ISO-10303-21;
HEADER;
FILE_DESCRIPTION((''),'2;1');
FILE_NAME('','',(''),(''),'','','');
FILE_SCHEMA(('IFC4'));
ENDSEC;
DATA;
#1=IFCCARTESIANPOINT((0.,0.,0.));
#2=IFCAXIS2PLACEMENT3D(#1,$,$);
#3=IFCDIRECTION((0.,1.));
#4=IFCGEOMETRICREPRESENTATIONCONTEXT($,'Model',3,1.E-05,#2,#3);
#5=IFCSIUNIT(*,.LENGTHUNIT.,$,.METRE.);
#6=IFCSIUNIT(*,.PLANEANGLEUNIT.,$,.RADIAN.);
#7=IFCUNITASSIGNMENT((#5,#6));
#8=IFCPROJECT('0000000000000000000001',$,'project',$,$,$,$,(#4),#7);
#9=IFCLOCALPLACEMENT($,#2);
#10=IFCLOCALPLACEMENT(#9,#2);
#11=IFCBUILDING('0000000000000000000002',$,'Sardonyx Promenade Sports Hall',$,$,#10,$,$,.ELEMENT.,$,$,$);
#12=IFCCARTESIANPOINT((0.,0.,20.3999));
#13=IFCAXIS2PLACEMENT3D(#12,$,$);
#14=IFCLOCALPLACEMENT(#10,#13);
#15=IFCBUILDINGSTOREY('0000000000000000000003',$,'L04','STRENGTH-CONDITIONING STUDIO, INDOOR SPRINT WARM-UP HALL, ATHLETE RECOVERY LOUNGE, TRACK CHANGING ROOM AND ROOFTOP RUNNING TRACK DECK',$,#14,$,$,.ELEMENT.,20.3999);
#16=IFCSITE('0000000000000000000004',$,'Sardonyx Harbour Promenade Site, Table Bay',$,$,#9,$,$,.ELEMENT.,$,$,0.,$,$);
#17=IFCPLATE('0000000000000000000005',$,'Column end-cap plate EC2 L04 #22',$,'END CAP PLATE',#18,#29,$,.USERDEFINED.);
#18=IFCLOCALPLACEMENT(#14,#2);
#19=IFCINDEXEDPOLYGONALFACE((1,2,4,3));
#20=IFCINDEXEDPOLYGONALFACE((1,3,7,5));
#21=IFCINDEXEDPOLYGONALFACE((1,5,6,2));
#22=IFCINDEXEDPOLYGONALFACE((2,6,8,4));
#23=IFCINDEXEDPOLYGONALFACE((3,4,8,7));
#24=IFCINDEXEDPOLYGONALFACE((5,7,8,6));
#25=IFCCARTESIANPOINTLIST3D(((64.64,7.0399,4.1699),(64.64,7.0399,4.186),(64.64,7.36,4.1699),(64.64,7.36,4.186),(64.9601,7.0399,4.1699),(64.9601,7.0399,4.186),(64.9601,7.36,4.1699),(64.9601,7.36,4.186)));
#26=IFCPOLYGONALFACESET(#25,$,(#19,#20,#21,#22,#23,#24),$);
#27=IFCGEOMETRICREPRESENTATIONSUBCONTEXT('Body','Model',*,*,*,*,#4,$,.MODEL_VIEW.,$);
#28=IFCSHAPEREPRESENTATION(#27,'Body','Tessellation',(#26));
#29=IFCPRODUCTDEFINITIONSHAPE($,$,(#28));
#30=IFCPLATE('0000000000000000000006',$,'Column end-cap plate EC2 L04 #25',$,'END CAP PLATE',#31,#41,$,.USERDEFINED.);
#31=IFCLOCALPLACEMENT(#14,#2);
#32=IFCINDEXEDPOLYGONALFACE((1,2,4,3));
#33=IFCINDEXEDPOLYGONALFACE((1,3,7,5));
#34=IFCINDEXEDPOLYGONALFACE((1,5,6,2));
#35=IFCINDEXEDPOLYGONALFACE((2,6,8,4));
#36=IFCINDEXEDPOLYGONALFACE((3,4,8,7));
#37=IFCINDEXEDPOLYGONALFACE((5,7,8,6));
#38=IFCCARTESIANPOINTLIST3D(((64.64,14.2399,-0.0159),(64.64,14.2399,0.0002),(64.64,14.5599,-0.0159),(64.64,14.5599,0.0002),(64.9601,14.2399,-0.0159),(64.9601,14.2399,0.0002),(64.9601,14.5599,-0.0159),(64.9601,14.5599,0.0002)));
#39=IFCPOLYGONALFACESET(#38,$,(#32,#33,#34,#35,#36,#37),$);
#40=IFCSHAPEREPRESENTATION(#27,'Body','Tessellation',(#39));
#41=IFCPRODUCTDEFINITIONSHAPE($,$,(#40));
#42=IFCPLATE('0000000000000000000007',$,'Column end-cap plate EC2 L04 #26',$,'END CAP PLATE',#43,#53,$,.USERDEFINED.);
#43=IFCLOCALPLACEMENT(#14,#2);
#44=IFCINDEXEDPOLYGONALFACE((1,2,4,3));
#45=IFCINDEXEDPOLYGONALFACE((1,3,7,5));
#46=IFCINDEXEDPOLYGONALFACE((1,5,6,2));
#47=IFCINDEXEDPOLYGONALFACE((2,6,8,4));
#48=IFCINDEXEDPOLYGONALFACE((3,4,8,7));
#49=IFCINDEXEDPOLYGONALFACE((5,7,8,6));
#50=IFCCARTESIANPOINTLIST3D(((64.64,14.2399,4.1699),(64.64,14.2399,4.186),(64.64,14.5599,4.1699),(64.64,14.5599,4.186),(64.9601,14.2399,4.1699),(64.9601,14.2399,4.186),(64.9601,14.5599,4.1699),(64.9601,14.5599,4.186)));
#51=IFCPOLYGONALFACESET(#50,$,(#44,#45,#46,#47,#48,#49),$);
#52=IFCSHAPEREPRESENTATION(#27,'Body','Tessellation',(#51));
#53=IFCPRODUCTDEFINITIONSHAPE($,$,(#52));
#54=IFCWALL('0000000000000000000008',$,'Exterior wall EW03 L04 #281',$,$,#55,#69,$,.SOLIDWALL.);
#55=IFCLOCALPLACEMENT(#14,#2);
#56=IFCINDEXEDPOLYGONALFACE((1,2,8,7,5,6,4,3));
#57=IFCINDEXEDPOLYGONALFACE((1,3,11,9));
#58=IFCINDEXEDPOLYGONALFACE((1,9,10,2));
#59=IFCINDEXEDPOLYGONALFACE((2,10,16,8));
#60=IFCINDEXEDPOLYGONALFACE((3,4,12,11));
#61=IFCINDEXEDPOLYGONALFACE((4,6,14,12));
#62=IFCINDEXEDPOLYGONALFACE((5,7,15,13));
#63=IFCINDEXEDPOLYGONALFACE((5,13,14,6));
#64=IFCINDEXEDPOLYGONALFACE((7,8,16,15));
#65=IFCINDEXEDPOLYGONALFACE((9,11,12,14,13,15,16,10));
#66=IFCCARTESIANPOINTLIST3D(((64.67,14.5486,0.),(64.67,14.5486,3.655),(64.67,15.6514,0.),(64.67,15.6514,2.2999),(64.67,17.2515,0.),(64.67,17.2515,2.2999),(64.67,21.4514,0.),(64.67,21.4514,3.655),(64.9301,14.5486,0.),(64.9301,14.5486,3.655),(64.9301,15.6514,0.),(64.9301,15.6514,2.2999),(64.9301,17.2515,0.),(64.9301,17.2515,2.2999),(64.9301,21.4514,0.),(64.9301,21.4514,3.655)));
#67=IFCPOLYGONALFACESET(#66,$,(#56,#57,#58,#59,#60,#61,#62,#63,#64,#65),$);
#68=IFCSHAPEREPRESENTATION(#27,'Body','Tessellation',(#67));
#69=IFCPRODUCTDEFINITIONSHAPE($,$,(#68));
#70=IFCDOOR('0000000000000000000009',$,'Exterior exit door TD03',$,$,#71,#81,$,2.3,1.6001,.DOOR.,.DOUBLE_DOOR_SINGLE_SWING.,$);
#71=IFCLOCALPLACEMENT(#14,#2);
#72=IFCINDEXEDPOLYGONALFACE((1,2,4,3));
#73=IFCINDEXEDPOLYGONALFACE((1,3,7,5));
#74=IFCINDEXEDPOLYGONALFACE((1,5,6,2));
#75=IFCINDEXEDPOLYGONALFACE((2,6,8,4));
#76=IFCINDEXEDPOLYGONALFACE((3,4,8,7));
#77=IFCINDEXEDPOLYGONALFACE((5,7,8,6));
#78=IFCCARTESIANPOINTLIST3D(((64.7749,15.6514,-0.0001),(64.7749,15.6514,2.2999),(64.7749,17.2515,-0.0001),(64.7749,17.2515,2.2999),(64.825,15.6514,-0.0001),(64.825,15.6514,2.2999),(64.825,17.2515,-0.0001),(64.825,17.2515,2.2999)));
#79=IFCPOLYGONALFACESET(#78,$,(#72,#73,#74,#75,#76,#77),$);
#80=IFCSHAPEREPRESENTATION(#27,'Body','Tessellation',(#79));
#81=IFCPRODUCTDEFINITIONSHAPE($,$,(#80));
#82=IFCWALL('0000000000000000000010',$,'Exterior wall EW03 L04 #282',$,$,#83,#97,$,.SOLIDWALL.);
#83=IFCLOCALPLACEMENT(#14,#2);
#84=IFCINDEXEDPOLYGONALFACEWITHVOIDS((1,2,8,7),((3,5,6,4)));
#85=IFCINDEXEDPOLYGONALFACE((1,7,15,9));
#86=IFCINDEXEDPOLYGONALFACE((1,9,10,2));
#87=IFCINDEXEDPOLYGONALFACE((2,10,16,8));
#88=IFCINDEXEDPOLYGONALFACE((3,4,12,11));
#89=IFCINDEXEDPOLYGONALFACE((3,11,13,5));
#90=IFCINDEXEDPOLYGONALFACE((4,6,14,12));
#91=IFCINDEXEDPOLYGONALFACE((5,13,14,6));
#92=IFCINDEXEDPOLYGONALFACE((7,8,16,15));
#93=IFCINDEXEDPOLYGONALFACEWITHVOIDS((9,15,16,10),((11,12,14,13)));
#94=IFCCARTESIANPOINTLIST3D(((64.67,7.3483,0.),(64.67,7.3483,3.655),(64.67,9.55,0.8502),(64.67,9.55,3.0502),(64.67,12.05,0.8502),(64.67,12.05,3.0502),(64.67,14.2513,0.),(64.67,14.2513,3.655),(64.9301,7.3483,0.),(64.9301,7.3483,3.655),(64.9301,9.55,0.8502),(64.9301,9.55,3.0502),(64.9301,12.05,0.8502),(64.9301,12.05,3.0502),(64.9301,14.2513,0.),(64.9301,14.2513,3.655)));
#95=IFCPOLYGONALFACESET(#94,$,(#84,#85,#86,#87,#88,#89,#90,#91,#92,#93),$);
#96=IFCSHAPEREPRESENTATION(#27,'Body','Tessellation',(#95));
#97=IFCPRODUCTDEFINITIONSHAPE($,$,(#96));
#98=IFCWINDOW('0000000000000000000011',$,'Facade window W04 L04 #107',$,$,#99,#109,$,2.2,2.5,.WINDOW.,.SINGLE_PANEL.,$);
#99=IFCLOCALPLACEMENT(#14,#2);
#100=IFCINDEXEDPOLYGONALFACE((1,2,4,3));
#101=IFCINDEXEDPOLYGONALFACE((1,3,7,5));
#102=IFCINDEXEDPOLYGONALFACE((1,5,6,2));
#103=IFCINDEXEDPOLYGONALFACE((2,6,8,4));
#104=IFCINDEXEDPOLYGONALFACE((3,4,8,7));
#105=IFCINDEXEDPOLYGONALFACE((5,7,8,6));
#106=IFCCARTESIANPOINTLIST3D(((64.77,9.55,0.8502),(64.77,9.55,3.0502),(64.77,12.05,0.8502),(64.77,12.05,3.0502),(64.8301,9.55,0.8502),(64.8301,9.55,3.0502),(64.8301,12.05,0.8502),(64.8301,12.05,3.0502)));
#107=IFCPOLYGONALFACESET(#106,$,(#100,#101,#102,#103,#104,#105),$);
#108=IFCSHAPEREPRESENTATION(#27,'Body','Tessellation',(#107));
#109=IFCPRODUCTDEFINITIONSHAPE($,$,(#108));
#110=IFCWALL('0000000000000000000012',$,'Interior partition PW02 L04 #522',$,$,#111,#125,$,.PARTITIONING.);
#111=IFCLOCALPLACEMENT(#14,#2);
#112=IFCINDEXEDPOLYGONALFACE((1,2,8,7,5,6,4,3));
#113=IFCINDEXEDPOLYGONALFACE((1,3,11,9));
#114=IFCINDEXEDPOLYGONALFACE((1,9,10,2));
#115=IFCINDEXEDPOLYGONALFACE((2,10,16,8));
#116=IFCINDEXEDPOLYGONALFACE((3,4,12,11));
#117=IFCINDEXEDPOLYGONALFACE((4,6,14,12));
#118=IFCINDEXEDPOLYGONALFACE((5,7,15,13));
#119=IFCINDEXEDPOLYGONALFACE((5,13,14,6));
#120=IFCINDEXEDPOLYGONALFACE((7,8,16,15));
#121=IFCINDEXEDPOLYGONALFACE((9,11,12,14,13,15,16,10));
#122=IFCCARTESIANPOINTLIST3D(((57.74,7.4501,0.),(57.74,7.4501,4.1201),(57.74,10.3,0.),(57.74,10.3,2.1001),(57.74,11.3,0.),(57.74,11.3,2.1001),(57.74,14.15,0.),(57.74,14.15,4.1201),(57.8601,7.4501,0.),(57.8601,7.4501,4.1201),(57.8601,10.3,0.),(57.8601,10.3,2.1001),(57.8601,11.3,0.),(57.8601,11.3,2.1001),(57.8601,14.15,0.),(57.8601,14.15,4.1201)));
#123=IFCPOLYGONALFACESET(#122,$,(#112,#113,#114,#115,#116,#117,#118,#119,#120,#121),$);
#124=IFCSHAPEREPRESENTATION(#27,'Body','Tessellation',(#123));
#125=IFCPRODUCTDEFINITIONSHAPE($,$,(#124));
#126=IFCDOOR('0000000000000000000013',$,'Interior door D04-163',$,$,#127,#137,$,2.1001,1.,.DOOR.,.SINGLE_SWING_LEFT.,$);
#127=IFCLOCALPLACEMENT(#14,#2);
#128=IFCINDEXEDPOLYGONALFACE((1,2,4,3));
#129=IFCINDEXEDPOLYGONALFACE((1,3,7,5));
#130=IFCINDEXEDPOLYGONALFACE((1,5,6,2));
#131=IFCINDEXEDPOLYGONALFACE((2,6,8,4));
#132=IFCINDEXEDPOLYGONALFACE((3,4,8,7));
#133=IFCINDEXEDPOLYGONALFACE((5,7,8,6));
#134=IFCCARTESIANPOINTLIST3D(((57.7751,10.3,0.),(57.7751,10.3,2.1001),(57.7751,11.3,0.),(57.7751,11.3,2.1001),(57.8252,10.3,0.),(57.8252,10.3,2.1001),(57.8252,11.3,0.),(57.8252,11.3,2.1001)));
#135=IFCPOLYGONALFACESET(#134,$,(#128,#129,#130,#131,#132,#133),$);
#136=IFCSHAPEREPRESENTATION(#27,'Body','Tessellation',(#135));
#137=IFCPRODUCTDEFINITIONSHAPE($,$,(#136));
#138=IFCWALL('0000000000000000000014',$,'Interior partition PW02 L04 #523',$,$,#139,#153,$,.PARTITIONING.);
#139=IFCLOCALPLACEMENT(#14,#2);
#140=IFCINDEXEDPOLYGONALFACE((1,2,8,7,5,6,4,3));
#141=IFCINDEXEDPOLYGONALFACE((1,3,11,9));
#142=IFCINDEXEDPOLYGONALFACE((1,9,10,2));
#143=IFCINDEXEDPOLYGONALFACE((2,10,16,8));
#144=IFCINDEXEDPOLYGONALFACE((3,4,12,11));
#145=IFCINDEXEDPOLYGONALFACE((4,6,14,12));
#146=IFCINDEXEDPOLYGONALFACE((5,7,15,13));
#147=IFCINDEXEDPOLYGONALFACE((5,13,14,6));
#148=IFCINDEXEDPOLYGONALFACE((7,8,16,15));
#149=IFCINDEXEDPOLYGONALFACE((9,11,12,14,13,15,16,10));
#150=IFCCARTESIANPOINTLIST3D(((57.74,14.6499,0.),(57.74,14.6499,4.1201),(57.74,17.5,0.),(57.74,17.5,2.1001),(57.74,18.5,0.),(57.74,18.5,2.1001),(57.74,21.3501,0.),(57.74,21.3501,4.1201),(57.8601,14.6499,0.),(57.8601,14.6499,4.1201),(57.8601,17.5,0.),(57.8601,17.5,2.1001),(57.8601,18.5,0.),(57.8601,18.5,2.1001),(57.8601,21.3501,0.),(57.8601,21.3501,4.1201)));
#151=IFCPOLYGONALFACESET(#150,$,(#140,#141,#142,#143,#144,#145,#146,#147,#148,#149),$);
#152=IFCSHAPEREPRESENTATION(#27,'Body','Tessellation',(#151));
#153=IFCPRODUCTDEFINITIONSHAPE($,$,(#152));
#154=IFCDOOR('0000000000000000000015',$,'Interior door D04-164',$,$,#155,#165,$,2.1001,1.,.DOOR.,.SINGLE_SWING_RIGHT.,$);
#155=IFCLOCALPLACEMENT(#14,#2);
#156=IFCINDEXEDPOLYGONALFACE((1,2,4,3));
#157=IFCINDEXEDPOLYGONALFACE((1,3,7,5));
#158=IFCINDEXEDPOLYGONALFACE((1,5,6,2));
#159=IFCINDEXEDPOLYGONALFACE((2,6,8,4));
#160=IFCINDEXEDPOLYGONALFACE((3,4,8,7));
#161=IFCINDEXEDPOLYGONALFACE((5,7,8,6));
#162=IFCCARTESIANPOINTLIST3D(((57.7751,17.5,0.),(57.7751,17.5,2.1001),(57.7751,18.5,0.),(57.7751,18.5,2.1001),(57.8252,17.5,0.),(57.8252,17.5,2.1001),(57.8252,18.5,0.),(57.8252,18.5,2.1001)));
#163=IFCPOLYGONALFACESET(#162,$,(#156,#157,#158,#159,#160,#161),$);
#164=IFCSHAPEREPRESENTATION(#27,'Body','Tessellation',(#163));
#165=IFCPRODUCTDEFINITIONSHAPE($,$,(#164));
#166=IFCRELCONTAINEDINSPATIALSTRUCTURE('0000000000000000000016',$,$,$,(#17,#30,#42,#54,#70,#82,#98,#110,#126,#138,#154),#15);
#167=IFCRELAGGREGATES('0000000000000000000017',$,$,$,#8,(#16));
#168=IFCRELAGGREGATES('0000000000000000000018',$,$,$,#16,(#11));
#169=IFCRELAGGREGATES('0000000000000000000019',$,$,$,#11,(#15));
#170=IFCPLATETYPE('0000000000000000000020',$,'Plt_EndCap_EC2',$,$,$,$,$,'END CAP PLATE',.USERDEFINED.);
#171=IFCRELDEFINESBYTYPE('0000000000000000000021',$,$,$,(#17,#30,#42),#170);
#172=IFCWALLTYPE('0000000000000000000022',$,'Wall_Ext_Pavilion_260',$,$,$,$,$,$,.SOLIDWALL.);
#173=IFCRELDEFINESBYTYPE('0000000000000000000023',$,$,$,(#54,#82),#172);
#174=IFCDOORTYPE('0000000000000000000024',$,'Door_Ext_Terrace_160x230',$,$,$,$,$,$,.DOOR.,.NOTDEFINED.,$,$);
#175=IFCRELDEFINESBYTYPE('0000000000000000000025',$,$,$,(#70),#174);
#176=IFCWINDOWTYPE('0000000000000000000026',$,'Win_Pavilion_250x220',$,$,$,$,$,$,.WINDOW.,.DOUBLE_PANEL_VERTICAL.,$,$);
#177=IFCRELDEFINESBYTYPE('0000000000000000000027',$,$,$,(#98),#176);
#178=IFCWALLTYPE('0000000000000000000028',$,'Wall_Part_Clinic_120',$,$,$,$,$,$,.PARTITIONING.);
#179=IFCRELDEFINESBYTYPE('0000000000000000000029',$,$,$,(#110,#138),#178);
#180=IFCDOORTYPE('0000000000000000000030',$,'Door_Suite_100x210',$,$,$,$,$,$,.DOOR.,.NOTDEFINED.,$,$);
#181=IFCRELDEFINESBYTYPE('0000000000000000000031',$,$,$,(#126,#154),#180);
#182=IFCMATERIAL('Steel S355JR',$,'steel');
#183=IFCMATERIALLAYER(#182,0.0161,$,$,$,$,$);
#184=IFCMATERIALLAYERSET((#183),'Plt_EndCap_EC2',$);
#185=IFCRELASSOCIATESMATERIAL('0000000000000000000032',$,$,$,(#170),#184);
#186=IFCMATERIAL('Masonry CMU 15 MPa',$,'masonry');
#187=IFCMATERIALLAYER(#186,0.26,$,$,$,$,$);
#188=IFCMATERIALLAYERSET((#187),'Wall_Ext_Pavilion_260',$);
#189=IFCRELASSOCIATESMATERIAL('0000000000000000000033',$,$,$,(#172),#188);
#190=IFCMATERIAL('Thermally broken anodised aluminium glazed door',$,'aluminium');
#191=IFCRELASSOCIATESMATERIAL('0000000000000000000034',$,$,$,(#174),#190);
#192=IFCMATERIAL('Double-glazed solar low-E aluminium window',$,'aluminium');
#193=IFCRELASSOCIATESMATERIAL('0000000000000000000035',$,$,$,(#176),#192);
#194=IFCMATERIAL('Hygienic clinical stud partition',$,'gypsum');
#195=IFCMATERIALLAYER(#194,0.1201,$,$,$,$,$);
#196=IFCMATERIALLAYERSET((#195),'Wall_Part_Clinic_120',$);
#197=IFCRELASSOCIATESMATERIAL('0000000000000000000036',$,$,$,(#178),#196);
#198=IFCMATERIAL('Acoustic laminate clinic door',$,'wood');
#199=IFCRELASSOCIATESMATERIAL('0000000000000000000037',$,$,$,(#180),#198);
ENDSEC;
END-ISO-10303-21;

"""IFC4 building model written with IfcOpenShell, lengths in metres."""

from ifc_helpers import new_model, si_unit, direction, frame, frame_2d, origin, origin_2d, place, context, subcontext, project, spatial, rectangle, extrude, material, layer, layer_set, type_object, element, fill, save


model = new_model("IFC4")

# Units and contexts
model_context = context("Model", 3, precision=1e-05, world=origin(), true_north=direction((0.0, 1.0)))
body_context = subcontext(model_context, "Body", "Model", "MODEL_VIEW")
ifc_project = project(units=[si_unit("LENGTHUNIT", "METRE"), si_unit("PLANEANGLEUNIT", "RADIAN")], contexts=[model_context])

# Site, building, storey
site_placement = place(None, origin())
site = spatial("IfcSite", under=ifc_project, at=site_placement, Name="Sardonyx Harbour Promenade Site, Table Bay", CompositionType="ELEMENT", RefElevation=0.0)
building_placement = place(site_placement, origin())
building = spatial("IfcBuilding", under=site, at=building_placement, Name="Sardonyx Promenade Sports Hall", CompositionType="ELEMENT")
storey_placement = place(building_placement, frame((0.0, 0.0, 20.3999)))
storey = spatial("IfcBuildingStorey", under=building, at=storey_placement, Name="L04", Description="STRENGTH-CONDITIONING STUDIO, INDOOR SPRINT WARM-UP HALL, ATHLETE RECOVERY LOUNGE, TRACK CHANGING ROOM AND ROOFTOP RUNNING TRACK DECK", CompositionType="ELEMENT", Elevation=20.3999)

# Plates
ifc_material_1 = material(Name="Steel S355JR", Category="steel")
ifc_layer_1 = layer(ifc_material_1, 0.0161)
ifc_layer_set_1 = layer_set([ifc_layer_1], Name="Plt_EndCap_EC2")
plate_type = type_object("IfcPlateType", Name="Plt_EndCap_EC2", ElementType="END CAP PLATE", PredefinedType="USERDEFINED", material=ifc_layer_set_1)
for number, where, z_axis, x_axis, name in (
    (1, (64.8, 7.2, 4.1699), (0.0, 0.0, 1.0), (1.0, 0.0, 0.0), "Column end-cap plate EC2 L04 #22"),
    (2, (64.8, 14.3999, -0.0159), (0.0, 0.0, 1.0), (1.0, 0.0, 0.0), "Column end-cap plate EC2 L04 #25"),
    (3, (64.8, 14.3999, 4.1699), (0.0, 0.0, 1.0), (1.0, 0.0, 0.0), "Column end-cap plate EC2 L04 #26"),
):
    element("IfcPlate", number, at=place(storey_placement, frame(where, z_axis=z_axis, x_axis=x_axis)), inside=storey, type_object=plate_type, Name=name, ObjectType="END CAP PLATE", PredefinedType="USERDEFINED", context=body_context, shape_type="SweptSolid", body=[
        extrude(rectangle(XDim=0.3201, YDim=0.3201, at=origin_2d()), origin(), (0.0, 0.0, 1.0), 0.0161),
    ])

# Wall, opening, door
ifc_material_2 = material(Name="Masonry CMU 15 MPa", Category="masonry")
ifc_layer_2 = layer(ifc_material_2, 0.26)
ifc_layer_set_2 = layer_set([ifc_layer_2], Name="Wall_Ext_Pavilion_260")
wall_type_1 = type_object("IfcWallType", Name="Wall_Ext_Pavilion_260", PredefinedType="SOLIDWALL", material=ifc_layer_set_2)
wall_1_placement = place(storey_placement, frame((64.8, 21.4514, 0.0), z_axis=(0.0, 0.0, 1.0), x_axis=(0.0, -1.0, 0.0)))
wall_1 = element("IfcWall", 4, at=wall_1_placement, inside=storey, type_object=wall_type_1, Name="Exterior wall EW03 L04 #281", PredefinedType="SOLIDWALL", context=body_context, shape_type="SweptSolid", body=[
    extrude(rectangle(XDim=6.9028, YDim=0.26, at=frame_2d((3.4514, 0.0))), origin(), (0.0, 0.0, 1.0), 3.655),
])
opening_1_placement = place(wall_1_placement, frame((4.2, 0.0, 0.0)))
opening_1 = element("IfcOpeningElement", 5, at=opening_1_placement, cuts=wall_1, PredefinedType="OPENING", context=body_context, shape_type="SweptSolid", body=[
    extrude(rectangle(XDim=1.6001, YDim=2.3, at=frame_2d((0.8, 1.1499))), frame((0.0, 0.14, 0.0), z_axis=(0.0, -1.0, 0.0), x_axis=(1.0, 0.0, 0.0)), (0.0, 0.0, 1.0), 0.28),
])
ifc_material_3 = material(Name="Thermally broken anodised aluminium glazed door", Category="aluminium")
door_type_1 = type_object("IfcDoorType", Name="Door_Ext_Terrace_160x230", OperationType="NOTDEFINED", PredefinedType="DOOR", material=ifc_material_3)
door_1_placement = place(opening_1_placement, origin())
door_1 = element("IfcDoor", 6, at=door_1_placement, inside=storey, type_object=door_type_1, Name="Exterior exit door TD03", OperationType="DOUBLE_DOOR_SINGLE_SWING", OverallHeight=2.3, OverallWidth=1.6001, PredefinedType="DOOR", context=body_context, shape_type="SweptSolid", body=[
    extrude(rectangle(XDim=1.6001, YDim=2.3, at=frame_2d((0.8, 1.1499))), frame((0.0, 0.0249, 0.0), z_axis=(0.0, -1.0, 0.0), x_axis=(1.0, 0.0, 0.0)), (0.0, 0.0, 1.0), 0.05),
])
fill(opening_1, door_1)

# Wall, opening, window
wall_2_placement = place(storey_placement, frame((64.8, 14.2515, 0.0), z_axis=(0.0, 0.0, 1.0), x_axis=(0.0, -1.0, 0.0)))
wall_2 = element("IfcWall", 7, at=wall_2_placement, inside=storey, type_object=wall_type_1, Name="Exterior wall EW03 L04 #282", PredefinedType="SOLIDWALL", context=body_context, shape_type="SweptSolid", body=[
    extrude(rectangle(XDim=6.9031, YDim=0.26, at=frame_2d((3.4517, 0.0))), origin(), (0.0, 0.0, 1.0), 3.655),
])
opening_2_placement = place(wall_2_placement, frame((2.2014, 0.0, 0.8501)))
opening_2 = element("IfcOpeningElement", 8, at=opening_2_placement, cuts=wall_2, PredefinedType="OPENING", context=body_context, shape_type="SweptSolid", body=[
    extrude(rectangle(XDim=2.5, YDim=2.2, at=frame_2d((1.25, 1.1001))), frame((0.0, 0.14, 0.0), z_axis=(0.0, -1.0, 0.0), x_axis=(1.0, 0.0, 0.0)), (0.0, 0.0, 1.0), 0.28),
])
ifc_material_4 = material(Name="Double-glazed solar low-E aluminium window", Category="aluminium")
window_type = type_object("IfcWindowType", Name="Win_Pavilion_250x220", PartitioningType="DOUBLE_PANEL_VERTICAL", PredefinedType="WINDOW", material=ifc_material_4)
window_placement = place(opening_2_placement, origin())
window = element("IfcWindow", 9, at=window_placement, inside=storey, type_object=window_type, Name="Facade window W04 L04 #107", OverallHeight=2.2, OverallWidth=2.5, PartitioningType="SINGLE_PANEL", PredefinedType="WINDOW", context=body_context, shape_type="SweptSolid", body=[
    extrude(rectangle(XDim=2.5, YDim=2.2, at=frame_2d((1.25, 1.1001))), frame((0.0, 0.03, 0.0), z_axis=(0.0, -1.0, 0.0), x_axis=(1.0, 0.0, 0.0)), (0.0, 0.0, 1.0), 0.0601),
])
fill(opening_2, window)

# Walls, openings, doors
ifc_material_5 = material(Name="Hygienic clinical stud partition", Category="gypsum")
ifc_layer_3 = layer(ifc_material_5, 0.1201)
ifc_layer_set_3 = layer_set([ifc_layer_3], Name="Wall_Part_Clinic_120")
wall_type_2 = type_object("IfcWallType", Name="Wall_Part_Clinic_120", PredefinedType="PARTITIONING", material=ifc_layer_set_3)
wall_3_placement = place(storey_placement, frame((57.8, 7.45, 0.0), z_axis=(0.0, 0.0, 1.0), x_axis=(0.0, 1.0, 0.0)))
wall_3 = element("IfcWall", 10, at=wall_3_placement, inside=storey, type_object=wall_type_2, Name="Interior partition PW02 L04 #522", PredefinedType="PARTITIONING", context=body_context, shape_type="SweptSolid", body=[
    extrude(rectangle(XDim=6.7, YDim=0.1201, at=frame_2d((3.3501, 0.0))), origin(), (0.0, 0.0, 1.0), 4.1201),
])
opening_3_placement = place(wall_3_placement, frame((2.8501, 0.0, 0.0)))
opening_3 = element("IfcOpeningElement", 11, at=opening_3_placement, cuts=wall_3, PredefinedType="OPENING", context=body_context, shape_type="SweptSolid", body=[
    extrude(rectangle(XDim=1.0, YDim=2.1001, at=frame_2d((0.5, 1.05))), frame((0.0, 0.07, 0.0), z_axis=(0.0, -1.0, 0.0), x_axis=(1.0, 0.0, 0.0)), (0.0, 0.0, 1.0), 0.14),
])
ifc_material_6 = material(Name="Acoustic laminate clinic door", Category="wood")
door_type_2 = type_object("IfcDoorType", Name="Door_Suite_100x210", OperationType="NOTDEFINED", PredefinedType="DOOR", material=ifc_material_6)
door_2_placement = place(opening_3_placement, origin())
door_2 = element("IfcDoor", 12, at=door_2_placement, inside=storey, type_object=door_type_2, Name="Interior door D04-163", OperationType="SINGLE_SWING_LEFT", OverallHeight=2.1001, OverallWidth=1.0, PredefinedType="DOOR", context=body_context, shape_type="SweptSolid", body=[
    extrude(rectangle(XDim=1.0, YDim=2.1001, at=frame_2d((0.5, 1.05))), frame((0.0, 0.0249, 0.0), z_axis=(0.0, -1.0, 0.0), x_axis=(1.0, 0.0, 0.0)), (0.0, 0.0, 1.0), 0.05),
])
fill(opening_3, door_2)
wall_4_placement = place(storey_placement, frame((57.8, 14.6499, 0.0), z_axis=(0.0, 0.0, 1.0), x_axis=(0.0, 1.0, 0.0)))
wall_4 = element("IfcWall", 13, at=wall_4_placement, inside=storey, type_object=wall_type_2, Name="Interior partition PW02 L04 #523", PredefinedType="PARTITIONING", context=body_context, shape_type="SweptSolid", body=[
    extrude(rectangle(XDim=6.7002, YDim=0.1201, at=frame_2d((3.3501, 0.0))), origin(), (0.0, 0.0, 1.0), 4.1201),
])
opening_4_placement = place(wall_4_placement, frame((2.8501, 0.0, 0.0)))
opening_4 = element("IfcOpeningElement", 14, at=opening_4_placement, cuts=wall_4, PredefinedType="OPENING", context=body_context, shape_type="SweptSolid", body=[
    extrude(rectangle(XDim=1.0, YDim=2.1001, at=frame_2d((0.5, 1.05))), frame((0.0, 0.07, 0.0), z_axis=(0.0, -1.0, 0.0), x_axis=(1.0, 0.0, 0.0)), (0.0, 0.0, 1.0), 0.14),
])
door_3_placement = place(opening_4_placement, origin())
door_3 = element("IfcDoor", 15, at=door_3_placement, inside=storey, type_object=door_type_2, Name="Interior door D04-164", OperationType="SINGLE_SWING_RIGHT", OverallHeight=2.1001, OverallWidth=1.0, PredefinedType="DOOR", context=body_context, shape_type="SweptSolid", body=[
    extrude(rectangle(XDim=1.0, YDim=2.1001, at=frame_2d((0.5, 1.05))), frame((0.0, 0.0249, 0.0), z_axis=(0.0, -1.0, 0.0), x_axis=(1.0, 0.0, 0.0)), (0.0, 0.0, 1.0), 0.05),
])
fill(opening_4, door_3)

save(model, "model.ifc")
